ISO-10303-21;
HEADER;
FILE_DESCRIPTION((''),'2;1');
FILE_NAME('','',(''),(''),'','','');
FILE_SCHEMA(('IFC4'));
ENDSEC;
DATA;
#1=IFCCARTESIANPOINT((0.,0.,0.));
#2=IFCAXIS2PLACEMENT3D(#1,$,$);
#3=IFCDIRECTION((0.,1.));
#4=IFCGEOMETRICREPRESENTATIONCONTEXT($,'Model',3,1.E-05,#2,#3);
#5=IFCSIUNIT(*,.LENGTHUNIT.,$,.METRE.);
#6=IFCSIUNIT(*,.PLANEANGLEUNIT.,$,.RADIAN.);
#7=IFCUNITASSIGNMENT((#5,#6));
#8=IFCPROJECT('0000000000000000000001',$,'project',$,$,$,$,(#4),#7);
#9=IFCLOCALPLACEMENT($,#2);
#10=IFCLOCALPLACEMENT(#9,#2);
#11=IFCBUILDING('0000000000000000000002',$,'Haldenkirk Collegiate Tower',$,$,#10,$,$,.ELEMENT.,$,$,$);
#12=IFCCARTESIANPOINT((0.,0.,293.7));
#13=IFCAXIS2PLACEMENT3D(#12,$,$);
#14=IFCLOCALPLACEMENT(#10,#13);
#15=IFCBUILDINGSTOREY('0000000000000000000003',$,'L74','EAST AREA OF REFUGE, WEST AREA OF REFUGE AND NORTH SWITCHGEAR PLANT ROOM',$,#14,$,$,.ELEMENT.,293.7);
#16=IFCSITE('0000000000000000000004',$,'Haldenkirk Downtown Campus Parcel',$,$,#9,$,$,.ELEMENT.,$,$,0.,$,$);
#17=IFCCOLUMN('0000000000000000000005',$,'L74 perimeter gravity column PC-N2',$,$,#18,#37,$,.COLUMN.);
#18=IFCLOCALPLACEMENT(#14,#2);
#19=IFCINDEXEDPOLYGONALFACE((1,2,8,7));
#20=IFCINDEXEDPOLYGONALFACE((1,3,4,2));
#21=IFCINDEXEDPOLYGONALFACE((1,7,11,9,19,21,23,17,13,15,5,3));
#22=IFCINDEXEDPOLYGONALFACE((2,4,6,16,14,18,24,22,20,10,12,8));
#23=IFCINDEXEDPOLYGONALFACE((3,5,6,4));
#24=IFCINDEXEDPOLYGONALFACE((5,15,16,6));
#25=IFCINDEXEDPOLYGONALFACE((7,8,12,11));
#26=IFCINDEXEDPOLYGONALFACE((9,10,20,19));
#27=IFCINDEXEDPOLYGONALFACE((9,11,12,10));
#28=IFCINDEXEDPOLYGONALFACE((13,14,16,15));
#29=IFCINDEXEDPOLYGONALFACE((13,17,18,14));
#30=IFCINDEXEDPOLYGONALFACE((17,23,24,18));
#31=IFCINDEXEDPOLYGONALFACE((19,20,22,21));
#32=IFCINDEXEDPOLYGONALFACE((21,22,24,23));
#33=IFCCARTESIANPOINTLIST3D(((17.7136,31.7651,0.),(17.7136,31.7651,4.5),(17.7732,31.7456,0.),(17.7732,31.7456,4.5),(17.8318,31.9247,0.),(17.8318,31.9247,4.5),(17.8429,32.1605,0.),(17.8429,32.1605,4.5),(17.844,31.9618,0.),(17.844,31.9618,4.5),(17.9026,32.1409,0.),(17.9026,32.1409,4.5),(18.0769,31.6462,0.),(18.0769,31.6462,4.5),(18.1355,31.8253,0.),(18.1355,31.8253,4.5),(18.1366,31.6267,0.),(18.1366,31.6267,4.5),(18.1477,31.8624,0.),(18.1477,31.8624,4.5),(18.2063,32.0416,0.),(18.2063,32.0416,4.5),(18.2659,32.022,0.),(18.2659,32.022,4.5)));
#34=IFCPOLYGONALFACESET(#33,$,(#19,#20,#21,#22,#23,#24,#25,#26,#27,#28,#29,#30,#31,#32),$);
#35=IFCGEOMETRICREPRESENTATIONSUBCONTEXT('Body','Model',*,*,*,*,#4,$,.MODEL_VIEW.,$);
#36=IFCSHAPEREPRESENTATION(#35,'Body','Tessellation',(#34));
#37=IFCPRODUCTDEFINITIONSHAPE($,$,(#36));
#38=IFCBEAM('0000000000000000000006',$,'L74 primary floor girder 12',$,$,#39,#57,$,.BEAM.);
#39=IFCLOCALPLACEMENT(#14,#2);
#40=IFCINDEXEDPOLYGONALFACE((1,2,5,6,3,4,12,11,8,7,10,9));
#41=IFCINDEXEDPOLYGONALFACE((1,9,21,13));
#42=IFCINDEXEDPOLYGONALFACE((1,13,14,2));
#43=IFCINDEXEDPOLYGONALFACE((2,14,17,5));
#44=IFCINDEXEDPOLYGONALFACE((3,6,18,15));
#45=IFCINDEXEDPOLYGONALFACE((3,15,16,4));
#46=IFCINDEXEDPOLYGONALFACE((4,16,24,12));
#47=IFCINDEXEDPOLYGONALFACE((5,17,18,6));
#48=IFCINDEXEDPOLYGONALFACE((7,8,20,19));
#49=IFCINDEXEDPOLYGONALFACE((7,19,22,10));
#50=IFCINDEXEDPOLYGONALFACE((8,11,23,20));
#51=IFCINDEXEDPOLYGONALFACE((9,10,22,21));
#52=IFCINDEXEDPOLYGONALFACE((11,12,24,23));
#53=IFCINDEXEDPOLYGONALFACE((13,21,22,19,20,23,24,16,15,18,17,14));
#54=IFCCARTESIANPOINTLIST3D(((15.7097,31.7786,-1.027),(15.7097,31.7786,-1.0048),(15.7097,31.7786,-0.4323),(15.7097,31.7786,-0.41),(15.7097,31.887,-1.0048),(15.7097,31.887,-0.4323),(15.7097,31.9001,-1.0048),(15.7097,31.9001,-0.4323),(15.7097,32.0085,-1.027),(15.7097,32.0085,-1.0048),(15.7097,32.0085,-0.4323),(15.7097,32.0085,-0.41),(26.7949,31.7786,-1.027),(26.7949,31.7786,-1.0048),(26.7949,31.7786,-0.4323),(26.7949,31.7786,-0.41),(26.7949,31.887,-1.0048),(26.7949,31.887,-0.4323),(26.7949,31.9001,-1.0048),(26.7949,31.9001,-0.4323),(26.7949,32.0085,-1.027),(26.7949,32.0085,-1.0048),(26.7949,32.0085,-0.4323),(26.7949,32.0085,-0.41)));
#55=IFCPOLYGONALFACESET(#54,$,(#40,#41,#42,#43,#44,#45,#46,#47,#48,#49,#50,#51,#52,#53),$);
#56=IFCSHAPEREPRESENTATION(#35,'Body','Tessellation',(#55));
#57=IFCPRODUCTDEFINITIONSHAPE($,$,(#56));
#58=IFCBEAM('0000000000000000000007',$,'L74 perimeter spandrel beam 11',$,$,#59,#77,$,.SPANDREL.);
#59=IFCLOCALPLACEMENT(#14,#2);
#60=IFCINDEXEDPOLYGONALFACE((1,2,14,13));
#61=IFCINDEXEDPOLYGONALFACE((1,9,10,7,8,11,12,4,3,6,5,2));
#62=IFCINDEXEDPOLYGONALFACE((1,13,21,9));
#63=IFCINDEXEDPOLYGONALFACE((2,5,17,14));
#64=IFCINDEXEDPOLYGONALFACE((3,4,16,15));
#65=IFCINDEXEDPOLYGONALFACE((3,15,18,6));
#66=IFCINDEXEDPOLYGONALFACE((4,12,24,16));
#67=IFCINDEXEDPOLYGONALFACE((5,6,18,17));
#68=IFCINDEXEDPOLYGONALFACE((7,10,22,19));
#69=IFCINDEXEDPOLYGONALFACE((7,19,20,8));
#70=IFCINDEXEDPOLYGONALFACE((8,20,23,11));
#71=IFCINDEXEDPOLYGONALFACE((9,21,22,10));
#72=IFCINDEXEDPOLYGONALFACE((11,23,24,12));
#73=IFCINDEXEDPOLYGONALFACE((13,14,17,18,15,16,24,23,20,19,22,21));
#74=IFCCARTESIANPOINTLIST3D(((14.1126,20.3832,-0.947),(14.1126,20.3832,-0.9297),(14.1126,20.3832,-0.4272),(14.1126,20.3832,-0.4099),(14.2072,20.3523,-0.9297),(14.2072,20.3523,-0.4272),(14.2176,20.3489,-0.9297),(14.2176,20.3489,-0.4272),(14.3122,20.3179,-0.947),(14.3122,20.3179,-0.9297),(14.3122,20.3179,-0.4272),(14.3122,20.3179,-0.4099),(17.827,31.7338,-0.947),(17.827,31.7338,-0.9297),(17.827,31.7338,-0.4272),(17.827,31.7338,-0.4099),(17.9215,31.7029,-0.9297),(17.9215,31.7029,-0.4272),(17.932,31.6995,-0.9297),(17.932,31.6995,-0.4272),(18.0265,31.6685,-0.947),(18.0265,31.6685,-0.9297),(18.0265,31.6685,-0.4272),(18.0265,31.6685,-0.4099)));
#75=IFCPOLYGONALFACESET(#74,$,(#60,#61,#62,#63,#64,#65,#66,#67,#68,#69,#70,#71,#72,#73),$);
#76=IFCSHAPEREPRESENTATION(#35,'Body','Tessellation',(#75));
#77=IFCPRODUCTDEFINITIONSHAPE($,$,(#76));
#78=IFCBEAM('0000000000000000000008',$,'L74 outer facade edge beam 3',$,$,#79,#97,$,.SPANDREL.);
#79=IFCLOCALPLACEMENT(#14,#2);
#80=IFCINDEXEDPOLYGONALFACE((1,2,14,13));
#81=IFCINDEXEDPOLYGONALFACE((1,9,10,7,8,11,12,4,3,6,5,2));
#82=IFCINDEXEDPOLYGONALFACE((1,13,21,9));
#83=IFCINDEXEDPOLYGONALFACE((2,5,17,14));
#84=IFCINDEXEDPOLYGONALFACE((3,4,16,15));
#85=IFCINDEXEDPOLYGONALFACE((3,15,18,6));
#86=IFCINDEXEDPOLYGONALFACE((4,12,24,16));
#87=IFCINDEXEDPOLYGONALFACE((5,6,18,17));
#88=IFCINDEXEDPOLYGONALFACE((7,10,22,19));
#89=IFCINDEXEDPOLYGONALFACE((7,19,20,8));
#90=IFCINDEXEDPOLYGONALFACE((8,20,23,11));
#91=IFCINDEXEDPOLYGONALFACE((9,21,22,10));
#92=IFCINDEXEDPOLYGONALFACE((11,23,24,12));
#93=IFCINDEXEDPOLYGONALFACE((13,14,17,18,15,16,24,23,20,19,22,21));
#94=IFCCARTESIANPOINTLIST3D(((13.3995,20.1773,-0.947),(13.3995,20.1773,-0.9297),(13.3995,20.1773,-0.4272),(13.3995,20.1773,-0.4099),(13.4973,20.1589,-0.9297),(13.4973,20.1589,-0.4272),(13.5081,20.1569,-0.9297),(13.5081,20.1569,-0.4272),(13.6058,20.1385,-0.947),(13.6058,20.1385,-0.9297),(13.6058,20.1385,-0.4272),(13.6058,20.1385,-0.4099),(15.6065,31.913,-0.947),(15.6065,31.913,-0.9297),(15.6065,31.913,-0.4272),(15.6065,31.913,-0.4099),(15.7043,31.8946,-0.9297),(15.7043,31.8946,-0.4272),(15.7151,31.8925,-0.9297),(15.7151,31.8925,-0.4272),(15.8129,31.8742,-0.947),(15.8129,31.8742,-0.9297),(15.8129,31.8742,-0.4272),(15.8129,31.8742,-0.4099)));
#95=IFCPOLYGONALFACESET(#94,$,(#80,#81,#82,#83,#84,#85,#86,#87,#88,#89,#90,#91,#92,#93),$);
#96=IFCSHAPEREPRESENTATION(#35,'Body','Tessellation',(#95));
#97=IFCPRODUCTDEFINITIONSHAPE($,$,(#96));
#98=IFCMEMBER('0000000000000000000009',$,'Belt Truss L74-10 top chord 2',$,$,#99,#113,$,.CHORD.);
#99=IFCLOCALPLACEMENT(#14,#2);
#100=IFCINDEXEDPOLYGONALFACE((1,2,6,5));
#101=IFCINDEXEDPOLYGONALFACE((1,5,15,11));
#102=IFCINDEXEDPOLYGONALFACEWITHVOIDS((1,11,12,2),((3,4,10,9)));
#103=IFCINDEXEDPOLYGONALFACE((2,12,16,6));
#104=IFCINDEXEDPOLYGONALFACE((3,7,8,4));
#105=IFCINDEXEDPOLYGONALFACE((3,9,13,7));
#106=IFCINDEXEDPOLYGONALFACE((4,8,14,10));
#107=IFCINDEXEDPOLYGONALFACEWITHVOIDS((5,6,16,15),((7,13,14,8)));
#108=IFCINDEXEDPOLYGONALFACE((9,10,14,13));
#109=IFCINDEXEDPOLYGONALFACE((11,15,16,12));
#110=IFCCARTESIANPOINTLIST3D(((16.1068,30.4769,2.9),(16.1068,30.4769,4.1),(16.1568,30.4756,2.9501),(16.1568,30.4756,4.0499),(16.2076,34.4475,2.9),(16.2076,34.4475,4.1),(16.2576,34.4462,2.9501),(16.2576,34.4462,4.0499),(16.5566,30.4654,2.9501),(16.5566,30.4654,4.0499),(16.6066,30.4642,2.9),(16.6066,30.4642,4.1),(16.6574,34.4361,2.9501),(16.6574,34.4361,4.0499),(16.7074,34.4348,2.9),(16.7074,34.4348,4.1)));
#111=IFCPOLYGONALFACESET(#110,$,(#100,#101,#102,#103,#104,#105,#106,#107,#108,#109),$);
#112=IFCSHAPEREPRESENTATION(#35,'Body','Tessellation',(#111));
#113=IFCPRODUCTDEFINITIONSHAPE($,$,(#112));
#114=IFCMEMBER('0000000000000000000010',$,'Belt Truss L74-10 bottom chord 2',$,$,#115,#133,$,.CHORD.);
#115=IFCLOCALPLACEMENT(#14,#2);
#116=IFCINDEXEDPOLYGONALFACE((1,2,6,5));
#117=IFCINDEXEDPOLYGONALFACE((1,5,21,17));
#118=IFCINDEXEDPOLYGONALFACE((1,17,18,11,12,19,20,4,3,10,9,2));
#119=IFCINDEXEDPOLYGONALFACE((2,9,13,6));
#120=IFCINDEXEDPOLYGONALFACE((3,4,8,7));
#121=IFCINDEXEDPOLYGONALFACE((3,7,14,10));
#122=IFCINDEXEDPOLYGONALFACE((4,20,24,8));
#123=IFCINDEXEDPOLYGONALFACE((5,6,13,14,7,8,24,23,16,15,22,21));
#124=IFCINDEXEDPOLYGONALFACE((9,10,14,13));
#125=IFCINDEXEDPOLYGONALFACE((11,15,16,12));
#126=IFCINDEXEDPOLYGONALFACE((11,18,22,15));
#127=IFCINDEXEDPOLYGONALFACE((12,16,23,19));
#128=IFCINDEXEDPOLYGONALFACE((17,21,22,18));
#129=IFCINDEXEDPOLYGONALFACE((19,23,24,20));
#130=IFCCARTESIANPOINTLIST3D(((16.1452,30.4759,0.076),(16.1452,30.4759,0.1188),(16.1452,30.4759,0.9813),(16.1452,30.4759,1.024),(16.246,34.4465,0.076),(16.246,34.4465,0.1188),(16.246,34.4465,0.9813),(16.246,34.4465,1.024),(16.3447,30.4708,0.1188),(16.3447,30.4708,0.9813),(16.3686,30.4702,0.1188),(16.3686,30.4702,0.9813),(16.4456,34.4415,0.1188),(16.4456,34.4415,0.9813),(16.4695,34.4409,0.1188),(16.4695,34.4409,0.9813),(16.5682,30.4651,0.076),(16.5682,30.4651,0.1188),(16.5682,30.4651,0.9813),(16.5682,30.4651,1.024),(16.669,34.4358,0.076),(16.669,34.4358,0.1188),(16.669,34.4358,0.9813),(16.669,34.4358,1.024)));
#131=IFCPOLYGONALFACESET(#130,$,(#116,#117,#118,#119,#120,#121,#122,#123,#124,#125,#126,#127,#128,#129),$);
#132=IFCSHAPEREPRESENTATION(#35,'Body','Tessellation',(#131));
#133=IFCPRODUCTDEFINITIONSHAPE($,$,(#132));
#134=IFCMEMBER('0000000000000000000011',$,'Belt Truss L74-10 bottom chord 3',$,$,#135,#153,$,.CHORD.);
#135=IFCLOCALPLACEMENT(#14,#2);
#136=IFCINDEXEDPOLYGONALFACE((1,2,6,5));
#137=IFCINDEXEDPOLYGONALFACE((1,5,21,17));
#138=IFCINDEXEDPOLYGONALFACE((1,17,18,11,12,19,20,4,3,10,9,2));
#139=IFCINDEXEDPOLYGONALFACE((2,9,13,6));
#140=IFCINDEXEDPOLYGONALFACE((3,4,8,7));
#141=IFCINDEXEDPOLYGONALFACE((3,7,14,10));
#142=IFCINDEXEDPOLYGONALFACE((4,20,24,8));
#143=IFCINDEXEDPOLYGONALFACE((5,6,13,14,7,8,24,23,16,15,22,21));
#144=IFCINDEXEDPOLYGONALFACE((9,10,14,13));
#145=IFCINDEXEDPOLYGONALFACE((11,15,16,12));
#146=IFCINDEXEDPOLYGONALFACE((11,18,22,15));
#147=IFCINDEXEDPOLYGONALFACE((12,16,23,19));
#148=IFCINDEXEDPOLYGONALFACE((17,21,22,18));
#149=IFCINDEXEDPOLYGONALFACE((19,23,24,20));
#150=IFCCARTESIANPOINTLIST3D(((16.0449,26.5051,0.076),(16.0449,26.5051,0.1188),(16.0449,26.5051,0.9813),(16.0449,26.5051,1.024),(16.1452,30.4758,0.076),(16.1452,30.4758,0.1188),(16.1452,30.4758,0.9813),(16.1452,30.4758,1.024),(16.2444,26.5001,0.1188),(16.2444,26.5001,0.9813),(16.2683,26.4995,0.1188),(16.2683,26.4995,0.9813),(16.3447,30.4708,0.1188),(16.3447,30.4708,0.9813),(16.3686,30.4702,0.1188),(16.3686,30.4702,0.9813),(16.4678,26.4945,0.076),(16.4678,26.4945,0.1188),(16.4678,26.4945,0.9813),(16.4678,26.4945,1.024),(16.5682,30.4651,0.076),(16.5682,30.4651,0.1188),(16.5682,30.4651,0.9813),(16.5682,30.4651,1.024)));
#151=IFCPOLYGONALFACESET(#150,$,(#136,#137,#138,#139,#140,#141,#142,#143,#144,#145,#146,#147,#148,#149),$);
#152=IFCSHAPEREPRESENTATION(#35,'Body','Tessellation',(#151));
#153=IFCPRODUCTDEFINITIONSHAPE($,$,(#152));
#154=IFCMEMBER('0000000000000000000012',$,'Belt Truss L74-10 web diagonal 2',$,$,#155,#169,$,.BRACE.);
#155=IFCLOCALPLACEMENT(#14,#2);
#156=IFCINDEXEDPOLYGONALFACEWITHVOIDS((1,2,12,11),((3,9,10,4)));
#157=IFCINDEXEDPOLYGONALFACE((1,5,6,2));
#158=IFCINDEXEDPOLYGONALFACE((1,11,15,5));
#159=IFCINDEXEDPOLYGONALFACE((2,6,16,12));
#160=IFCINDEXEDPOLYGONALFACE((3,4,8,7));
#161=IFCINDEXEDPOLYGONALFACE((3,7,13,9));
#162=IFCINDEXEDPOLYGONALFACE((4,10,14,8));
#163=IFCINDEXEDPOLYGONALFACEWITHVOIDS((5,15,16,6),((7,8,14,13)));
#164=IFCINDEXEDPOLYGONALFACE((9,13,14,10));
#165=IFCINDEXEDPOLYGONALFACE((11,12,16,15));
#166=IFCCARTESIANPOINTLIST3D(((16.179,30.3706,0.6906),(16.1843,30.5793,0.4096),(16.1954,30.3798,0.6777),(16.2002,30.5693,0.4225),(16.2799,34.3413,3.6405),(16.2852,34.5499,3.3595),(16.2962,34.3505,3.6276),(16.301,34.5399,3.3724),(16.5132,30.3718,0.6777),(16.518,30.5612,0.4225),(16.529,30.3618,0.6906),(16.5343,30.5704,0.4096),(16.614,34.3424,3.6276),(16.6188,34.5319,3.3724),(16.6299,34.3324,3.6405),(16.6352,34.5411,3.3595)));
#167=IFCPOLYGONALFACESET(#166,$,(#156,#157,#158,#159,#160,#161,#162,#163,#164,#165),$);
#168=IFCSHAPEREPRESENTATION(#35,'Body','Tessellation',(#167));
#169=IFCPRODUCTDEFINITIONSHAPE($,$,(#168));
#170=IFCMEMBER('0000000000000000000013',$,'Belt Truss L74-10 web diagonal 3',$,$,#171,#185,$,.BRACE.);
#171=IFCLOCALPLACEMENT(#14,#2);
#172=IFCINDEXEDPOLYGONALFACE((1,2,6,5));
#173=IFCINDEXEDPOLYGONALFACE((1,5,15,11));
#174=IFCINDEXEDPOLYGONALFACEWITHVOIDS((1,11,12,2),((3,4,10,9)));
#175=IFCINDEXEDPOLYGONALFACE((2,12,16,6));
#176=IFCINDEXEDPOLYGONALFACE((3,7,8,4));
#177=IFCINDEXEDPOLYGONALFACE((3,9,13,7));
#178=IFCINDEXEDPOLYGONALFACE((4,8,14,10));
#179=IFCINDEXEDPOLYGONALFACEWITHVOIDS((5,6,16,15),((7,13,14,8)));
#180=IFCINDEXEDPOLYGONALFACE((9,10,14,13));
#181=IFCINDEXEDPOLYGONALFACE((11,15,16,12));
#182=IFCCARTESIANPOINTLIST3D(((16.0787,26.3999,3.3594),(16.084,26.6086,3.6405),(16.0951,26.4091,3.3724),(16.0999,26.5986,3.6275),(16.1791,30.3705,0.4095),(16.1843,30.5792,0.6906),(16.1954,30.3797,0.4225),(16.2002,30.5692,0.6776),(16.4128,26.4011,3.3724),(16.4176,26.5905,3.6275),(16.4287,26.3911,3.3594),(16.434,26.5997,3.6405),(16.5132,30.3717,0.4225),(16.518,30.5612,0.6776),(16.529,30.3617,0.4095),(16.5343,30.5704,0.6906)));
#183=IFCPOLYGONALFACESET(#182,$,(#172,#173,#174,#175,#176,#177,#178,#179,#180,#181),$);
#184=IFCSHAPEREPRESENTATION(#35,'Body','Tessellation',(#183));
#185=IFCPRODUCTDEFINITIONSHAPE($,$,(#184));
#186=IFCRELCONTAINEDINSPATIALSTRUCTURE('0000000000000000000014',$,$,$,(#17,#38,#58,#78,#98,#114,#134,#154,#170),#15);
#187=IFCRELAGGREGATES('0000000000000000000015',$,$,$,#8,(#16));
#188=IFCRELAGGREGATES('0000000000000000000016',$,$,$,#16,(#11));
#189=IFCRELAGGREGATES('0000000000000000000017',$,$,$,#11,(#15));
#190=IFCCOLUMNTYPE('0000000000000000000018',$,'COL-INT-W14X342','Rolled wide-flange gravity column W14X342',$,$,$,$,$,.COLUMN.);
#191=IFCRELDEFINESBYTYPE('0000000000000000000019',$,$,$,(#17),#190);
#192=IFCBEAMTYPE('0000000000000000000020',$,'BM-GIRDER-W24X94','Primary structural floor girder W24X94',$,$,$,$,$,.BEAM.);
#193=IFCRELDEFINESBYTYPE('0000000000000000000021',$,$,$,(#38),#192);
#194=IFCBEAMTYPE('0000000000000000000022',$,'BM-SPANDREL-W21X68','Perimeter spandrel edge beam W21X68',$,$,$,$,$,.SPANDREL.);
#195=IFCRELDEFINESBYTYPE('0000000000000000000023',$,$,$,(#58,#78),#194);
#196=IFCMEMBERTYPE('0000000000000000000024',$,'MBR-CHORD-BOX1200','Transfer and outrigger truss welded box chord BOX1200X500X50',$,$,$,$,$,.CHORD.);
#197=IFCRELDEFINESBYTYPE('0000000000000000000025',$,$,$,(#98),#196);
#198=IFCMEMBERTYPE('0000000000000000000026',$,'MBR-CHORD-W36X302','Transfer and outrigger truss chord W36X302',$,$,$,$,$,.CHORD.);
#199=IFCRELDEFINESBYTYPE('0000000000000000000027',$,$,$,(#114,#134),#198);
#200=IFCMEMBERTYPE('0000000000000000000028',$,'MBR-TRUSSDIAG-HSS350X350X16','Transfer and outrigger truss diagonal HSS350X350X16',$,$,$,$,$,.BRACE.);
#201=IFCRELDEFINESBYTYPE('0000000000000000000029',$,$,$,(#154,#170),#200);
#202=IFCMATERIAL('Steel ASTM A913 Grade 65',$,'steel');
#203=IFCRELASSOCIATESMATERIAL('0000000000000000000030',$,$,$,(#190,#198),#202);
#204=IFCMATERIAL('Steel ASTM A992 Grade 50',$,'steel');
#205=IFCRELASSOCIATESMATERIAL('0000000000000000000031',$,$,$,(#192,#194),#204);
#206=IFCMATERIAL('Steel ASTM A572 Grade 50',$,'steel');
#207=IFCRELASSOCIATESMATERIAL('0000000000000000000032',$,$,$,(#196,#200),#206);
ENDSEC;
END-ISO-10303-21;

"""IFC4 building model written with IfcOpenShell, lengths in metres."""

from ifc_helpers import new_model, si_unit, direction, frame, origin, origin_2d, place, context, subcontext, project, spatial, hollow_rectangle, i_section, extrude, material, material_profile, profile_set, type_object, element, save


model = new_model("IFC4")

# Units and contexts
model_context = context("Model", 3, precision=1e-05, world=origin(), true_north=direction((0.0, 1.0)))
body_context = subcontext(model_context, "Body", "Model", "MODEL_VIEW")
ifc_project = project(units=[si_unit("LENGTHUNIT", "METRE"), si_unit("PLANEANGLEUNIT", "RADIAN")], contexts=[model_context])

# Site, building, storey
site_placement = place(None, origin())
site = spatial("IfcSite", under=ifc_project, at=site_placement, Name="Haldenkirk Downtown Campus Parcel", CompositionType="ELEMENT", RefElevation=0.0)
building_placement = place(site_placement, origin())
building = spatial("IfcBuilding", under=site, at=building_placement, Name="Haldenkirk Collegiate Tower", CompositionType="ELEMENT")
storey_placement = place(building_placement, frame((0.0, 0.0, 293.7)))
storey = spatial("IfcBuildingStorey", under=building, at=storey_placement, Name="L74", Description="EAST AREA OF REFUGE, WEST AREA OF REFUGE AND NORTH SWITCHGEAR PLANT ROOM", CompositionType="ELEMENT", Elevation=293.7)

# Column
ifc_material_1 = material(Name="Steel ASTM A913 Grade 65", Category="steel")
ifc_material_profile_1 = material_profile(ifc_material_1, i_section(OverallWidth=0.416, OverallDepth=0.4451, WebThickness=0.0391, FlangeThickness=0.0627, at=origin_2d()), Name="W14X342")
ifc_profile_set_1 = profile_set([ifc_material_profile_1], Name="Steel ASTM A913 Grade 65")
column_type = type_object("IfcColumnType", Name="COL-INT-W14X342", Description="Rolled wide-flange gravity column W14X342", PredefinedType="COLUMN", material=ifc_profile_set_1)
column_placement = place(storey_placement, frame((17.9897, 31.8936, 0.0), z_axis=(0.0, 0.0, 1.0), x_axis=(0.311008, 0.950407, 0.0)))
element("IfcColumn", 1, at=column_placement, inside=storey, type_object=column_type, Name="L74 perimeter gravity column PC-N2", PredefinedType="COLUMN", context=body_context, shape_type="SweptSolid", body=[
    extrude(i_section(OverallWidth=0.416, OverallDepth=0.4451, WebThickness=0.0391, FlangeThickness=0.0627, at=origin_2d()), origin(), (0.0, 0.0, 1.0), 4.5),
])

# Beams
ifc_material_2 = material(Name="Steel ASTM A992 Grade 50", Category="steel")
ifc_material_profile_2 = material_profile(ifc_material_2, i_section(OverallWidth=0.23, OverallDepth=0.6169, WebThickness=0.0132, FlangeThickness=0.0222, at=origin_2d()), Name="W24X94")
ifc_profile_set_2 = profile_set([ifc_material_profile_2], Name="Steel ASTM A992 Grade 50")
beam_type_1 = type_object("IfcBeamType", Name="BM-GIRDER-W24X94", Description="Primary structural floor girder W24X94", PredefinedType="BEAM", material=ifc_profile_set_2)
beam_1_placement = place(storey_placement, frame((15.7097, 31.8936, -0.7185), z_axis=(1.0, 0.0, 0.0), x_axis=(0.0, 1.0, 0.0)))
element("IfcBeam", 2, at=beam_1_placement, inside=storey, type_object=beam_type_1, Name="L74 primary floor girder 12", PredefinedType="BEAM", context=body_context, shape_type="SweptSolid", body=[
    extrude(i_section(OverallWidth=0.23, OverallDepth=0.6169, WebThickness=0.0132, FlangeThickness=0.0222, at=origin_2d()), origin(), (0.0, 0.0, 1.0), 11.0852),
])
ifc_material_profile_3 = material_profile(ifc_material_2, i_section(OverallWidth=0.21, OverallDepth=0.5371, WebThickness=0.011, FlangeThickness=0.0173, at=origin_2d()), Name="W21X68")
ifc_profile_set_3 = profile_set([ifc_material_profile_3], Name="Steel ASTM A992 Grade 50")
beam_type_2 = type_object("IfcBeamType", Name="BM-SPANDREL-W21X68", Description="Perimeter spandrel edge beam W21X68", PredefinedType="SPANDREL", material=ifc_profile_set_3)
beam_2_placement = place(storey_placement, frame((17.9268, 31.7012, -0.6785), z_axis=(-0.31101, -0.950407, 0.0), x_axis=(0.950407, -0.31101, 0.0)))
element("IfcBeam", 3, at=beam_2_placement, inside=storey, type_object=beam_type_2, Name="L74 perimeter spandrel beam 11", PredefinedType="SPANDREL", context=body_context, shape_type="SweptSolid", body=[
    extrude(i_section(OverallWidth=0.21, OverallDepth=0.5371, WebThickness=0.011, FlangeThickness=0.0173, at=origin_2d()), origin(), (0.0, 0.0, 1.0), 11.9429),
])
beam_3_placement = place(storey_placement, frame((15.7097, 31.8936, -0.6785), z_axis=(-0.184823, -0.982772, 0.0), x_axis=(0.982772, -0.184823, 0.0)))
element("IfcBeam", 4, at=beam_3_placement, inside=storey, type_object=beam_type_2, Name="L74 outer facade edge beam 3", PredefinedType="SPANDREL", context=body_context, shape_type="SweptSolid", body=[
    extrude(i_section(OverallWidth=0.21, OverallDepth=0.5371, WebThickness=0.011, FlangeThickness=0.0173, at=origin_2d()), origin(), (0.0, 0.0, 1.0), 11.9414),
])

# Members
ifc_material_3 = material(Name="Steel ASTM A572 Grade 50", Category="steel")
ifc_material_profile_4 = material_profile(ifc_material_3, hollow_rectangle(XDim=0.5, YDim=1.2, WallThickness=0.05, at=origin_2d()), Name="BOX1200X500X50")
ifc_profile_set_4 = profile_set([ifc_material_profile_4], Name="Steel ASTM A572 Grade 50")
member_type_1 = type_object("IfcMemberType", Name="MBR-CHORD-BOX1200", Description="Transfer and outrigger truss welded box chord BOX1200X500X50", PredefinedType="CHORD", material=ifc_profile_set_4)
member_placement = place(storey_placement, frame((16.4575, 34.4412, 3.5), z_axis=(-0.025385, -0.999678, 0.0), x_axis=(0.999678, -0.025385, 0.0)))
element("IfcMember", 5, at=member_placement, inside=storey, type_object=member_type_1, Name="Belt Truss L74-10 top chord 2", PredefinedType="CHORD", context=body_context, shape_type="SweptSolid", body=[
    extrude(hollow_rectangle(XDim=0.5, YDim=1.2, WallThickness=0.05, at=origin_2d()), origin(), (0.0, 0.0, 1.0), 3.9719),
])
ifc_material_profile_5 = material_profile(ifc_material_1, i_section(OverallWidth=0.4231, OverallDepth=0.948, WebThickness=0.0239, FlangeThickness=0.0427, at=origin_2d()), Name="W36X302")
ifc_profile_set_5 = profile_set([ifc_material_profile_5], Name="Steel ASTM A913 Grade 65")
member_type_2 = type_object("IfcMemberType", Name="MBR-CHORD-W36X302", Description="Transfer and outrigger truss chord W36X302", PredefinedType="CHORD", material=ifc_profile_set_5)
for number, where, z_axis, x_axis, name in (
    (6, (16.4575, 34.4412, 0.55), (-0.025385, -0.999678, 0.0), (0.999678, -0.025385, 0.0), "Belt Truss L74-10 bottom chord 2"),
    (7, (16.3567, 30.4705, 0.55), (-0.025262, -0.999681, 0.0), (0.999681, -0.025262, 0.0), "Belt Truss L74-10 bottom chord 3"),
):
    element("IfcMember", number, at=place(storey_placement, frame(where, z_axis=z_axis, x_axis=x_axis)), inside=storey, type_object=member_type_2, Name=name, PredefinedType="CHORD", context=body_context, shape_type="SweptSolid", body=[
        extrude(i_section(OverallWidth=0.4231, OverallDepth=0.948, WebThickness=0.0239, FlangeThickness=0.0427, at=origin_2d()), origin(), (0.0, 0.0, 1.0), 3.9719),
    ])
ifc_material_profile_6 = material_profile(ifc_material_3, hollow_rectangle(XDim=0.3501, YDim=0.3501, WallThickness=0.0161, at=origin_2d()), Name="HSS350X350X16")
ifc_profile_set_6 = profile_set([ifc_material_profile_6], Name="Steel ASTM A572 Grade 50")
member_type_3 = type_object("IfcMemberType", Name="MBR-TRUSSDIAG-HSS350X350X16", Description="Transfer and outrigger truss diagonal HSS350X350X16", PredefinedType="BRACE", material=ifc_profile_set_6)
for number, where, z_axis, x_axis, name in (
    (8, (16.4575, 34.4412, 3.5), (-0.02038, -0.802549, -0.596237), (0.999678, -0.025385, 0.0), "Belt Truss L74-10 web diagonal 2"),
    (9, (16.3567, 30.4705, 0.55), (-0.020281, -0.802551, 0.596239), (0.999681, -0.025262, 0.0), "Belt Truss L74-10 web diagonal 3"),
):
    element("IfcMember", number, at=place(storey_placement, frame(where, z_axis=z_axis, x_axis=x_axis)), inside=storey, type_object=member_type_3, Name=name, PredefinedType="BRACE", context=body_context, shape_type="SweptSolid", body=[
        extrude(hollow_rectangle(XDim=0.3501, YDim=0.3501, WallThickness=0.0161, at=origin_2d()), origin(), (0.0, 0.0, 1.0), 4.9475),
    ])

save(model, "model.ifc")
